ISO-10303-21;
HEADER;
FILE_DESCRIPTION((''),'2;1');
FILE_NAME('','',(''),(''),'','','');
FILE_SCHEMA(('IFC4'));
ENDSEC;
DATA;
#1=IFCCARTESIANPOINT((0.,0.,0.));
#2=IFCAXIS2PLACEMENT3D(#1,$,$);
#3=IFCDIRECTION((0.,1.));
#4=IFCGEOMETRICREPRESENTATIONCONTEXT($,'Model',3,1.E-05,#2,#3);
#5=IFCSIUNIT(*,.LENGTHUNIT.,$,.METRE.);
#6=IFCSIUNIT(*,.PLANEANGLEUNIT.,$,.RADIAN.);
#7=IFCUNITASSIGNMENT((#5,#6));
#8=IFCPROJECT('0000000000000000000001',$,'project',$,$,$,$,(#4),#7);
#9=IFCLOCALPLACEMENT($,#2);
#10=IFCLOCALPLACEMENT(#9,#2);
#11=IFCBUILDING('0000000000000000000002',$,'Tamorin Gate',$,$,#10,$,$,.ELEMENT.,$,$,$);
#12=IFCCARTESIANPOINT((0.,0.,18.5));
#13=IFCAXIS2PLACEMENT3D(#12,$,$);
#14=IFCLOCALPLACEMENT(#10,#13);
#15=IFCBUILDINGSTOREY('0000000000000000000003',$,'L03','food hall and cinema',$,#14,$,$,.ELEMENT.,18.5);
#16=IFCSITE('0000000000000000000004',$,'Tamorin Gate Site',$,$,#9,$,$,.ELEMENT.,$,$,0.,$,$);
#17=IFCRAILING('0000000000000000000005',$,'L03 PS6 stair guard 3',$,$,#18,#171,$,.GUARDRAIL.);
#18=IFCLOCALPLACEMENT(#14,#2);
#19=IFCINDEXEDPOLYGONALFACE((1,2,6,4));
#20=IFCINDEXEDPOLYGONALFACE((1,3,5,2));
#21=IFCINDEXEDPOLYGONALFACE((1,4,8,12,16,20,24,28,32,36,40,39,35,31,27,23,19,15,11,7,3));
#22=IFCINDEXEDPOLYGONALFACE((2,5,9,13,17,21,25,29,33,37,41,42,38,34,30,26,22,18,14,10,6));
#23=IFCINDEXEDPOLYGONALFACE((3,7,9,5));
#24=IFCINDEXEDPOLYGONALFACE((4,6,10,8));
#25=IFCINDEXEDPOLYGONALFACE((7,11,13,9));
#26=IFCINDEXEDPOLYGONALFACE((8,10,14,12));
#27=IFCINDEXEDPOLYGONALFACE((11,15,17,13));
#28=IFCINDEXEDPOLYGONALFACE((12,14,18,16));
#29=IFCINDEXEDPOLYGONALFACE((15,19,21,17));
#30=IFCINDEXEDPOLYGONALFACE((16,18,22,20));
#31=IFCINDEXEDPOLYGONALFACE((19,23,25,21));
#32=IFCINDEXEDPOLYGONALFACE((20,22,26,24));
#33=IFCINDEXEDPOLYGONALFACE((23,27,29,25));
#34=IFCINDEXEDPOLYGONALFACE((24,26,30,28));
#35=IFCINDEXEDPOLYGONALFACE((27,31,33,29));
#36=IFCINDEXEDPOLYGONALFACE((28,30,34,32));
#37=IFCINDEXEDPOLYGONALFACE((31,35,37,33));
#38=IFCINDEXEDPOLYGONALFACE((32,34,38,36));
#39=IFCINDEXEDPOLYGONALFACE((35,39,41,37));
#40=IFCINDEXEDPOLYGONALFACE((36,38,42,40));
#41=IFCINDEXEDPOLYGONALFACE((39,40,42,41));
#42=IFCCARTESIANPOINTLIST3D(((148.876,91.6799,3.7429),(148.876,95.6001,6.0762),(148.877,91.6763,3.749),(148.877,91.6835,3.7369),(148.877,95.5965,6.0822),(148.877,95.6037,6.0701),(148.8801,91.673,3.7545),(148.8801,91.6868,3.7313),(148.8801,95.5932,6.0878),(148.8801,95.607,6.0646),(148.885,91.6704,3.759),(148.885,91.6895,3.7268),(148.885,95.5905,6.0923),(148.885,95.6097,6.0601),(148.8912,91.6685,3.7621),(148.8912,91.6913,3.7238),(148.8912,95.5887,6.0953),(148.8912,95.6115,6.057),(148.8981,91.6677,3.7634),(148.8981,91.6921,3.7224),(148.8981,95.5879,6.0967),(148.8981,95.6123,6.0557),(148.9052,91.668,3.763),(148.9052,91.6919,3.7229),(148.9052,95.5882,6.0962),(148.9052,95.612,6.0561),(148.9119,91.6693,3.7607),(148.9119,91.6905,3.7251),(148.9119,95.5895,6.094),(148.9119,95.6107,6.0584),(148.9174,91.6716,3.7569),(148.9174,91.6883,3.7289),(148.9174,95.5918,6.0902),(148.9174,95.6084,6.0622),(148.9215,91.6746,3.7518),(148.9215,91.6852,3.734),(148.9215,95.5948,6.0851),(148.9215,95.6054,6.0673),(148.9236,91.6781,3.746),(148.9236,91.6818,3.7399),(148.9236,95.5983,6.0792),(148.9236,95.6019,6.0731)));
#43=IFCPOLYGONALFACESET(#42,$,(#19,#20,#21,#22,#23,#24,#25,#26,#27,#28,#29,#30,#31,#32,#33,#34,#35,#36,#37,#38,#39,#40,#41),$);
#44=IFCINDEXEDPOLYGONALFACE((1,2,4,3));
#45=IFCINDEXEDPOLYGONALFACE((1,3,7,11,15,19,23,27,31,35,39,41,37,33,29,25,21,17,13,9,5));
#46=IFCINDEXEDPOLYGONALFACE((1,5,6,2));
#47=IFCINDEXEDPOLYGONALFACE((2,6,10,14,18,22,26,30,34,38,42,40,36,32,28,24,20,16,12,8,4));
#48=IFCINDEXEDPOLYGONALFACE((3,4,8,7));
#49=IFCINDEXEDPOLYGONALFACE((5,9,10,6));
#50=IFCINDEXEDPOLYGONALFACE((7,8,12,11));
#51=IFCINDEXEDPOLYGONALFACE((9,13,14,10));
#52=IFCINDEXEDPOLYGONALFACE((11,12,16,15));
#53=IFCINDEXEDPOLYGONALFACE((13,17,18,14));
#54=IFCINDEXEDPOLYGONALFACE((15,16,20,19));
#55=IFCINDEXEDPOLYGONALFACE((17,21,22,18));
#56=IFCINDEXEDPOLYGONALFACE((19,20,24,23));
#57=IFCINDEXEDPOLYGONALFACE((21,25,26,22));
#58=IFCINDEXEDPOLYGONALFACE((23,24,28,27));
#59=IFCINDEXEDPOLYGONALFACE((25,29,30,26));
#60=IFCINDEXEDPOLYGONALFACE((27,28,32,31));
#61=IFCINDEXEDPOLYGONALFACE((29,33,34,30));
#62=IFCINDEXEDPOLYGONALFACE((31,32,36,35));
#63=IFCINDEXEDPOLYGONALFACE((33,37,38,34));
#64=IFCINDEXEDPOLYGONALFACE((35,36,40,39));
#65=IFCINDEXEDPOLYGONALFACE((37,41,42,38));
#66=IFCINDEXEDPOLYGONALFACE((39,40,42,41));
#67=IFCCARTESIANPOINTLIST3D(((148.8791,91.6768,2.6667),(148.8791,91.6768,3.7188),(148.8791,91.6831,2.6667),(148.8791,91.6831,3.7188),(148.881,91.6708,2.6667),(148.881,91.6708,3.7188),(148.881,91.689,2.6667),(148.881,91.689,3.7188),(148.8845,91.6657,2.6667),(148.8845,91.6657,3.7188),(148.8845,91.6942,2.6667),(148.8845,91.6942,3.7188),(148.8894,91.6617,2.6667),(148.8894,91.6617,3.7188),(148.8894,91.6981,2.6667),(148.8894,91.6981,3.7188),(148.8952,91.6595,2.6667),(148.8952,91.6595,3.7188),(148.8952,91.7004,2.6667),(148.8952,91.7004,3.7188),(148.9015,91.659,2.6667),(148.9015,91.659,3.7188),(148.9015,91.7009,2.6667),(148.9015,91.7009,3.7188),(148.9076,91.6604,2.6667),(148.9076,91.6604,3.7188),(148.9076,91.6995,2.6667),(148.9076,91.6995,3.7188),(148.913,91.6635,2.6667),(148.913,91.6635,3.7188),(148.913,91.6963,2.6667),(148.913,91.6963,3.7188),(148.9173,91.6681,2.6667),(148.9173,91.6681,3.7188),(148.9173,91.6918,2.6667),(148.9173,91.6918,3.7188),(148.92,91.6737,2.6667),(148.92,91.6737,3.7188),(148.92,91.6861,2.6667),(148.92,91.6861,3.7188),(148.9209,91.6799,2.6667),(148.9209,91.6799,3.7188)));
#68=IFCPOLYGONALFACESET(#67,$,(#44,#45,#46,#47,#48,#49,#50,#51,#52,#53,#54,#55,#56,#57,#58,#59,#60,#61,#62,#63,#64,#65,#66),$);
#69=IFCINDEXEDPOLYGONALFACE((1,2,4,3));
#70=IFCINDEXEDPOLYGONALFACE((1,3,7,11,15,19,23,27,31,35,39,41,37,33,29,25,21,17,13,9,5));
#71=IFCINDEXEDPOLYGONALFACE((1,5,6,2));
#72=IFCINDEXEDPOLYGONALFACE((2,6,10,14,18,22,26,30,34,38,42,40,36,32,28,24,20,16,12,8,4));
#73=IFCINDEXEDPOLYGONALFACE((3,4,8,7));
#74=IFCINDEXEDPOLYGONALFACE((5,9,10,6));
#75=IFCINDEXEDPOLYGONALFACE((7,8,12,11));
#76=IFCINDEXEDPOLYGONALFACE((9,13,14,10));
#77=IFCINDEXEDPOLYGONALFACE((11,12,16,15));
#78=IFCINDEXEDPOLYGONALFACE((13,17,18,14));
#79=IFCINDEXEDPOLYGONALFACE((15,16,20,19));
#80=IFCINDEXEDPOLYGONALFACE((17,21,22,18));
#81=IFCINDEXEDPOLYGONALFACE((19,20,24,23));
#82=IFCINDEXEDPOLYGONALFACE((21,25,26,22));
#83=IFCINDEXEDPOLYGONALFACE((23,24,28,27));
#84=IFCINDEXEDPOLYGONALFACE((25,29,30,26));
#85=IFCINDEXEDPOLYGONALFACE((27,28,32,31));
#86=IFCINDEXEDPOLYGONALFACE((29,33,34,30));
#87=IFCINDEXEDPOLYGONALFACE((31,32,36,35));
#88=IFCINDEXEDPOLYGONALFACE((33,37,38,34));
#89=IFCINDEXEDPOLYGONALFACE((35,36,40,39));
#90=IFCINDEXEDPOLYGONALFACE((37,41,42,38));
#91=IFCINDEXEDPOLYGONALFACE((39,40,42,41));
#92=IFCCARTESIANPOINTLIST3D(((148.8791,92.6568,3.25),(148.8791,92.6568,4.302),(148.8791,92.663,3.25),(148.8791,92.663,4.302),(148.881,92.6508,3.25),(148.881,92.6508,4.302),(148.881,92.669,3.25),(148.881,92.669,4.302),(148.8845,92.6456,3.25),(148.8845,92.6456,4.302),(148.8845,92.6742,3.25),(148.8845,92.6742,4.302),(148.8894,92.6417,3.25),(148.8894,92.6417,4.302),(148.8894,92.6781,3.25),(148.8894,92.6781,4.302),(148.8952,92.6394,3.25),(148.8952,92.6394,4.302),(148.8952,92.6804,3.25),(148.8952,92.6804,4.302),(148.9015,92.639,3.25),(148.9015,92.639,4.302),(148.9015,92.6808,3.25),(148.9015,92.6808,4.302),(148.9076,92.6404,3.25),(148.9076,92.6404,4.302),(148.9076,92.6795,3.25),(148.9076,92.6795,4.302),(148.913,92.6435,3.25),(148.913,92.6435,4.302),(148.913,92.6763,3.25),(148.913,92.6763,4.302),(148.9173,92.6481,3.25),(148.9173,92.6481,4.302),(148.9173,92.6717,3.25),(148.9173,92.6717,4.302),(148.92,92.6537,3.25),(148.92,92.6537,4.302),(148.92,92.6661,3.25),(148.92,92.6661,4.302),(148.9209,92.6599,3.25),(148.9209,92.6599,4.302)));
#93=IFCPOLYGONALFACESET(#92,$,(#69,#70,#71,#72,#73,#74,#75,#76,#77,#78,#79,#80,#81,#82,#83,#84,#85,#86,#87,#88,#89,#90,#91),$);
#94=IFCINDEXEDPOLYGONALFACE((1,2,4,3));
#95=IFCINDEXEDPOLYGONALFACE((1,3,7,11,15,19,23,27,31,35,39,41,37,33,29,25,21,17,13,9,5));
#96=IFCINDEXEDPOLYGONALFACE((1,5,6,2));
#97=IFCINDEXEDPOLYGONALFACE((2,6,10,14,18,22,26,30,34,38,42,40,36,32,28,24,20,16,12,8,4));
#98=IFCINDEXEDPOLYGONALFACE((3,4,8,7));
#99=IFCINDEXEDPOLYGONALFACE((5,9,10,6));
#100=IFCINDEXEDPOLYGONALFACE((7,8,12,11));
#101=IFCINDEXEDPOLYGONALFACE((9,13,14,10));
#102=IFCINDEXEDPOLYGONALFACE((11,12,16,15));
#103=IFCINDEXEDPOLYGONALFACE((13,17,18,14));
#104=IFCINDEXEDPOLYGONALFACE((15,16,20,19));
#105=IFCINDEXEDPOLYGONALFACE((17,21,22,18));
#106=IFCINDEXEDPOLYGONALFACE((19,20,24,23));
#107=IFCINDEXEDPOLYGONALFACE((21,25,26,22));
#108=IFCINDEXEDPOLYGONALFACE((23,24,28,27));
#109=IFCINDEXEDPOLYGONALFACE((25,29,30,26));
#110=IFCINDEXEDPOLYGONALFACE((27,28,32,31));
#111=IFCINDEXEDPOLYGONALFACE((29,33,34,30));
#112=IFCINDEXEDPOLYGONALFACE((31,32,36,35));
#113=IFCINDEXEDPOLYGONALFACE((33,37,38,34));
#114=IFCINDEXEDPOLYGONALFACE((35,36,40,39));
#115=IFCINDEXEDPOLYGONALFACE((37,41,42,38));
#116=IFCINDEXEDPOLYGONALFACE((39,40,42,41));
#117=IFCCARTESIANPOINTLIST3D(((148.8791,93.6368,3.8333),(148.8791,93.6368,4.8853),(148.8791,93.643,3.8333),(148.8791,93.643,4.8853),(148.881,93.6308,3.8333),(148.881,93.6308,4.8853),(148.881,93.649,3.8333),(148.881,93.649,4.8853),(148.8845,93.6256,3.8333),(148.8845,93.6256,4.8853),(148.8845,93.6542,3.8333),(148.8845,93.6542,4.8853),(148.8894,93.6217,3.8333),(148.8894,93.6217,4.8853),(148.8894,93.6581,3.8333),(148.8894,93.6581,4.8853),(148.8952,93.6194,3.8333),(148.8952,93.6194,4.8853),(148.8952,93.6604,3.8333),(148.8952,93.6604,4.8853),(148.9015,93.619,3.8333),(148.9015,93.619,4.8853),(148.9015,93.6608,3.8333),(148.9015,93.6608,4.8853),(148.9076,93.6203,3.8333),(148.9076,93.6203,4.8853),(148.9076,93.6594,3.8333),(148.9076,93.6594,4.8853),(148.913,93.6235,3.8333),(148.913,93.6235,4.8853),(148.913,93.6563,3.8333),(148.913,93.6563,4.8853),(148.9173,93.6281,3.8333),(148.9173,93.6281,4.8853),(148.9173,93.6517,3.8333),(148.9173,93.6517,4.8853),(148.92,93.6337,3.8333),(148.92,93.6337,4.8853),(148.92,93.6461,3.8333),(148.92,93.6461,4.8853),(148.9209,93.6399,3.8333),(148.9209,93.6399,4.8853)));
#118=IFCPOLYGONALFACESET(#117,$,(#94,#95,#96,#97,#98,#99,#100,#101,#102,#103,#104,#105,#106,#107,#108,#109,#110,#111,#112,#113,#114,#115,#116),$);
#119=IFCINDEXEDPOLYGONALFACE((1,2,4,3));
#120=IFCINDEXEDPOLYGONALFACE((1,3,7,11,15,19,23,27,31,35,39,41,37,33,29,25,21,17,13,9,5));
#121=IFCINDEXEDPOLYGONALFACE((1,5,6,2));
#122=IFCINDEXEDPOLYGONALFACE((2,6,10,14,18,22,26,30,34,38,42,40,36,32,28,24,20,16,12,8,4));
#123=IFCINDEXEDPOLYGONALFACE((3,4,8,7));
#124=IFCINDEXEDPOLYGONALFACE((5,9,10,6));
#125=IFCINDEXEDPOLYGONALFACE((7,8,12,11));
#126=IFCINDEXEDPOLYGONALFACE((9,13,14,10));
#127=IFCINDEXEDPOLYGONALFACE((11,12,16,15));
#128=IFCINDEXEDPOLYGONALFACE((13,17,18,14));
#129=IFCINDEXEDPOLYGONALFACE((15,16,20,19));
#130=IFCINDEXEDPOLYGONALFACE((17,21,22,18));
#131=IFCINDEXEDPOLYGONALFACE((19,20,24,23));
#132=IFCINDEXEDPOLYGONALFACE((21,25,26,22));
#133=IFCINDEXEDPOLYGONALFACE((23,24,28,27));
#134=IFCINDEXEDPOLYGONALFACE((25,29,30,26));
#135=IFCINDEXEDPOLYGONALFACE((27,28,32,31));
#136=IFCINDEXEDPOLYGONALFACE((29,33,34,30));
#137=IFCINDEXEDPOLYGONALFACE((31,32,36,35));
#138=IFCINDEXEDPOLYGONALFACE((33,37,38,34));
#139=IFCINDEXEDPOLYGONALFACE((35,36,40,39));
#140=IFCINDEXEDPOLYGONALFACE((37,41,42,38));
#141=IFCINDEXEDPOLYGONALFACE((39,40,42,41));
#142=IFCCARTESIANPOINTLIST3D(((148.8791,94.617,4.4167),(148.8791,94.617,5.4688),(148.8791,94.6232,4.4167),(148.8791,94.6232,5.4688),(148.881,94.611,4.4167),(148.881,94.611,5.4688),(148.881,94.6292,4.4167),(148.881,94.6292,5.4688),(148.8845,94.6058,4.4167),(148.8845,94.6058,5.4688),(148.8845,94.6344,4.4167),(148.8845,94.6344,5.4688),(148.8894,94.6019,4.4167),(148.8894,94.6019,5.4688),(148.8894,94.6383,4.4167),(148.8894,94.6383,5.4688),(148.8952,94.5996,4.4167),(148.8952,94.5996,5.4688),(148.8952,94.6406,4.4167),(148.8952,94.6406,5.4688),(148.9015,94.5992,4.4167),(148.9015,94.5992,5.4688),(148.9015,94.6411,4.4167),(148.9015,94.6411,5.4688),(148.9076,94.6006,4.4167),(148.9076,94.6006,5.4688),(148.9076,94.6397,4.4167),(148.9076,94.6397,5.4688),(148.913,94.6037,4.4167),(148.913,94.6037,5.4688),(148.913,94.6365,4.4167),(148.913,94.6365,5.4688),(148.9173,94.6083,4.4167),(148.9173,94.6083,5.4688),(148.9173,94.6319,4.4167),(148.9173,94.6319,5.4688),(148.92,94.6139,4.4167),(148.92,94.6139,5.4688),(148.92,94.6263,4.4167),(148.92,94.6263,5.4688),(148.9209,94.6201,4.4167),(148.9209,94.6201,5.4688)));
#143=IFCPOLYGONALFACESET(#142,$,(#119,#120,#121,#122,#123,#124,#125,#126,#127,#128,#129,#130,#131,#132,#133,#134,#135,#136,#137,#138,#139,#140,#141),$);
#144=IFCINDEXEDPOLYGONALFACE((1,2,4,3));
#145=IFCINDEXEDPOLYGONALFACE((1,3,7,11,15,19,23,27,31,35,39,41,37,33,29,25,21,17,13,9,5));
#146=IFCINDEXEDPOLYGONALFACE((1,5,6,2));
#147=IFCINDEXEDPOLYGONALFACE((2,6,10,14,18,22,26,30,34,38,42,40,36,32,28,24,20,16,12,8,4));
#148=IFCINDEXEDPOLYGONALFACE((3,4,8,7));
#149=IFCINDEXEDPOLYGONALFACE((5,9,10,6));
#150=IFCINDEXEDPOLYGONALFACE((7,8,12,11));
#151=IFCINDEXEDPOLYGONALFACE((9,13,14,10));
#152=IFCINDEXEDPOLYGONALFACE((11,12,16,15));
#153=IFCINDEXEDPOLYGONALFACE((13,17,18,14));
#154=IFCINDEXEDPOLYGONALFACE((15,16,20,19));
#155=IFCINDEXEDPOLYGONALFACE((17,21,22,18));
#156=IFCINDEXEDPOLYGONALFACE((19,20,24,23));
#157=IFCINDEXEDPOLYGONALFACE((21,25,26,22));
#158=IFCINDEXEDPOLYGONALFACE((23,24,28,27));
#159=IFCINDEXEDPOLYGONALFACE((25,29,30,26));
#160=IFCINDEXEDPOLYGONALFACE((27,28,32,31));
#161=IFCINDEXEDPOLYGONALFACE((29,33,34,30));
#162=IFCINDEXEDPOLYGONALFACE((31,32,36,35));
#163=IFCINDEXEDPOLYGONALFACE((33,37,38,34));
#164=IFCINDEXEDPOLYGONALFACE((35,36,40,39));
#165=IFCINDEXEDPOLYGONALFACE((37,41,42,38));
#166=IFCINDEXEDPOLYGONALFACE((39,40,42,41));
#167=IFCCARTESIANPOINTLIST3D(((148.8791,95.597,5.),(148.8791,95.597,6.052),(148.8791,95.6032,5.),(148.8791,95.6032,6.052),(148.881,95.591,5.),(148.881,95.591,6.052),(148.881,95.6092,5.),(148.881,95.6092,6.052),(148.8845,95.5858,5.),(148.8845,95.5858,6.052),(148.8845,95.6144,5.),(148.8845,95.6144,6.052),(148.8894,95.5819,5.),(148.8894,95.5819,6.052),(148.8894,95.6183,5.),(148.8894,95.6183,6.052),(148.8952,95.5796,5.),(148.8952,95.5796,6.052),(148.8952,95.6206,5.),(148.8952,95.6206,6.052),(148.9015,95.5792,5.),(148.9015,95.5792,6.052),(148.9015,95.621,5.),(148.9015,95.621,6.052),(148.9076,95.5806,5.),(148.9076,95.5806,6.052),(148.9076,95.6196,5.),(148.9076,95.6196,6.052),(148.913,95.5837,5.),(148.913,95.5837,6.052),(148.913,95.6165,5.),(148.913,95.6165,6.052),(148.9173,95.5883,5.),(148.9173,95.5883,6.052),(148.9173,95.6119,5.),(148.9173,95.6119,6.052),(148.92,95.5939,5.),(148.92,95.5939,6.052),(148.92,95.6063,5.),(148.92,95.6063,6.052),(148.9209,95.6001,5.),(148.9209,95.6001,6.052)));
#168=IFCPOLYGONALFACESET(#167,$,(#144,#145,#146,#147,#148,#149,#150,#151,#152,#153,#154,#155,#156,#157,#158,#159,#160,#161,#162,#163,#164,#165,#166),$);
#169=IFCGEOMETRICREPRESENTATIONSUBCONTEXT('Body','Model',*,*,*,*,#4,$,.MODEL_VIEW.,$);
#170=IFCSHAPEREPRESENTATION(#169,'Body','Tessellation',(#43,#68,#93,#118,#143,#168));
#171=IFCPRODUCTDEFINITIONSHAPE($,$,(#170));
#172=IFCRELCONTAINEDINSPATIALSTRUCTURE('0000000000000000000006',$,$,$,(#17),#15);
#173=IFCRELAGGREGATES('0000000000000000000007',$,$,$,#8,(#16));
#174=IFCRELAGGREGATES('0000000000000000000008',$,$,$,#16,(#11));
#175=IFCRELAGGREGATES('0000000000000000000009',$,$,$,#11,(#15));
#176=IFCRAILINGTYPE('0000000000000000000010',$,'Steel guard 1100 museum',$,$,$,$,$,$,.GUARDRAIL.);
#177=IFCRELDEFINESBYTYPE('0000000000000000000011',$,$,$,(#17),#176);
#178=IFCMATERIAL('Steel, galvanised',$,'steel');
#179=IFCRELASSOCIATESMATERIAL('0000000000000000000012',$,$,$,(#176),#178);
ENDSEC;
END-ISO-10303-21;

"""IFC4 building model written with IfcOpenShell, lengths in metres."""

from ifc_helpers import new_model, si_unit, direction, frame, origin, origin_2d, place, context, subcontext, project, spatial, circle, extrude, material, type_object, element, save


model = new_model("IFC4")

# Units and contexts
model_context = context("Model", 3, precision=1e-05, world=origin(), true_north=direction((0.0, 1.0)))
body_context = subcontext(model_context, "Body", "Model", "MODEL_VIEW")
ifc_project = project(units=[si_unit("LENGTHUNIT", "METRE"), si_unit("PLANEANGLEUNIT", "RADIAN")], contexts=[model_context])

# Site, building, storey
site_placement = place(None, origin())
site = spatial("IfcSite", under=ifc_project, at=site_placement, Name="Tamorin Gate Site", CompositionType="ELEMENT", RefElevation=0.0)
building_placement = place(site_placement, origin())
building = spatial("IfcBuilding", under=site, at=building_placement, Name="Tamorin Gate", CompositionType="ELEMENT")
storey_placement = place(building_placement, frame((0.0, 0.0, 18.5)))
storey = spatial("IfcBuildingStorey", under=building, at=storey_placement, Name="L03", Description="food hall and cinema", CompositionType="ELEMENT", Elevation=18.5)

# Railing
ifc_material_1 = material(Name="Steel, galvanised", Category="steel")
railing_type_1 = type_object("IfcRailingType", Name="Steel guard 1100 museum", PredefinedType="GUARDRAIL", material=ifc_material_1)
railing_1_placement = place(storey_placement, frame((148.8999, 91.6799, 2.6667)))
element("IfcRailing", 1, at=railing_1_placement, inside=storey, type_object=railing_type_1, Name="L03 PS6 stair guard 3", PredefinedType="GUARDRAIL", context=body_context, shape_type="SweptSolid", body=[
    extrude(circle(Radius=0.0239, at=origin_2d()), frame((0.0, 0.0, 1.0762), z_axis=(0.0, 0.85931, 0.511455), x_axis=(-1.0, 0.0, 0.0)), (0.0, 0.0, 1.0), 4.562),
    extrude(circle(Radius=0.021, at=origin_2d()), origin(), (0.0, 0.0, 1.0), 1.052),
    extrude(circle(Radius=0.021, at=origin_2d()), frame((0.0, 0.98, 0.5833)), (0.0, 0.0, 1.0), 1.052),
    extrude(circle(Radius=0.021, at=origin_2d()), frame((0.0, 1.96, 1.1665)), (0.0, 0.0, 1.0), 1.052),
    extrude(circle(Radius=0.021, at=origin_2d()), frame((0.0, 2.9402, 1.75)), (0.0, 0.0, 1.0), 1.052),
    extrude(circle(Radius=0.021, at=origin_2d()), frame((0.0, 3.9202, 2.3333)), (0.0, 0.0, 1.0), 1.052),
])

save(model, "model.ifc")
